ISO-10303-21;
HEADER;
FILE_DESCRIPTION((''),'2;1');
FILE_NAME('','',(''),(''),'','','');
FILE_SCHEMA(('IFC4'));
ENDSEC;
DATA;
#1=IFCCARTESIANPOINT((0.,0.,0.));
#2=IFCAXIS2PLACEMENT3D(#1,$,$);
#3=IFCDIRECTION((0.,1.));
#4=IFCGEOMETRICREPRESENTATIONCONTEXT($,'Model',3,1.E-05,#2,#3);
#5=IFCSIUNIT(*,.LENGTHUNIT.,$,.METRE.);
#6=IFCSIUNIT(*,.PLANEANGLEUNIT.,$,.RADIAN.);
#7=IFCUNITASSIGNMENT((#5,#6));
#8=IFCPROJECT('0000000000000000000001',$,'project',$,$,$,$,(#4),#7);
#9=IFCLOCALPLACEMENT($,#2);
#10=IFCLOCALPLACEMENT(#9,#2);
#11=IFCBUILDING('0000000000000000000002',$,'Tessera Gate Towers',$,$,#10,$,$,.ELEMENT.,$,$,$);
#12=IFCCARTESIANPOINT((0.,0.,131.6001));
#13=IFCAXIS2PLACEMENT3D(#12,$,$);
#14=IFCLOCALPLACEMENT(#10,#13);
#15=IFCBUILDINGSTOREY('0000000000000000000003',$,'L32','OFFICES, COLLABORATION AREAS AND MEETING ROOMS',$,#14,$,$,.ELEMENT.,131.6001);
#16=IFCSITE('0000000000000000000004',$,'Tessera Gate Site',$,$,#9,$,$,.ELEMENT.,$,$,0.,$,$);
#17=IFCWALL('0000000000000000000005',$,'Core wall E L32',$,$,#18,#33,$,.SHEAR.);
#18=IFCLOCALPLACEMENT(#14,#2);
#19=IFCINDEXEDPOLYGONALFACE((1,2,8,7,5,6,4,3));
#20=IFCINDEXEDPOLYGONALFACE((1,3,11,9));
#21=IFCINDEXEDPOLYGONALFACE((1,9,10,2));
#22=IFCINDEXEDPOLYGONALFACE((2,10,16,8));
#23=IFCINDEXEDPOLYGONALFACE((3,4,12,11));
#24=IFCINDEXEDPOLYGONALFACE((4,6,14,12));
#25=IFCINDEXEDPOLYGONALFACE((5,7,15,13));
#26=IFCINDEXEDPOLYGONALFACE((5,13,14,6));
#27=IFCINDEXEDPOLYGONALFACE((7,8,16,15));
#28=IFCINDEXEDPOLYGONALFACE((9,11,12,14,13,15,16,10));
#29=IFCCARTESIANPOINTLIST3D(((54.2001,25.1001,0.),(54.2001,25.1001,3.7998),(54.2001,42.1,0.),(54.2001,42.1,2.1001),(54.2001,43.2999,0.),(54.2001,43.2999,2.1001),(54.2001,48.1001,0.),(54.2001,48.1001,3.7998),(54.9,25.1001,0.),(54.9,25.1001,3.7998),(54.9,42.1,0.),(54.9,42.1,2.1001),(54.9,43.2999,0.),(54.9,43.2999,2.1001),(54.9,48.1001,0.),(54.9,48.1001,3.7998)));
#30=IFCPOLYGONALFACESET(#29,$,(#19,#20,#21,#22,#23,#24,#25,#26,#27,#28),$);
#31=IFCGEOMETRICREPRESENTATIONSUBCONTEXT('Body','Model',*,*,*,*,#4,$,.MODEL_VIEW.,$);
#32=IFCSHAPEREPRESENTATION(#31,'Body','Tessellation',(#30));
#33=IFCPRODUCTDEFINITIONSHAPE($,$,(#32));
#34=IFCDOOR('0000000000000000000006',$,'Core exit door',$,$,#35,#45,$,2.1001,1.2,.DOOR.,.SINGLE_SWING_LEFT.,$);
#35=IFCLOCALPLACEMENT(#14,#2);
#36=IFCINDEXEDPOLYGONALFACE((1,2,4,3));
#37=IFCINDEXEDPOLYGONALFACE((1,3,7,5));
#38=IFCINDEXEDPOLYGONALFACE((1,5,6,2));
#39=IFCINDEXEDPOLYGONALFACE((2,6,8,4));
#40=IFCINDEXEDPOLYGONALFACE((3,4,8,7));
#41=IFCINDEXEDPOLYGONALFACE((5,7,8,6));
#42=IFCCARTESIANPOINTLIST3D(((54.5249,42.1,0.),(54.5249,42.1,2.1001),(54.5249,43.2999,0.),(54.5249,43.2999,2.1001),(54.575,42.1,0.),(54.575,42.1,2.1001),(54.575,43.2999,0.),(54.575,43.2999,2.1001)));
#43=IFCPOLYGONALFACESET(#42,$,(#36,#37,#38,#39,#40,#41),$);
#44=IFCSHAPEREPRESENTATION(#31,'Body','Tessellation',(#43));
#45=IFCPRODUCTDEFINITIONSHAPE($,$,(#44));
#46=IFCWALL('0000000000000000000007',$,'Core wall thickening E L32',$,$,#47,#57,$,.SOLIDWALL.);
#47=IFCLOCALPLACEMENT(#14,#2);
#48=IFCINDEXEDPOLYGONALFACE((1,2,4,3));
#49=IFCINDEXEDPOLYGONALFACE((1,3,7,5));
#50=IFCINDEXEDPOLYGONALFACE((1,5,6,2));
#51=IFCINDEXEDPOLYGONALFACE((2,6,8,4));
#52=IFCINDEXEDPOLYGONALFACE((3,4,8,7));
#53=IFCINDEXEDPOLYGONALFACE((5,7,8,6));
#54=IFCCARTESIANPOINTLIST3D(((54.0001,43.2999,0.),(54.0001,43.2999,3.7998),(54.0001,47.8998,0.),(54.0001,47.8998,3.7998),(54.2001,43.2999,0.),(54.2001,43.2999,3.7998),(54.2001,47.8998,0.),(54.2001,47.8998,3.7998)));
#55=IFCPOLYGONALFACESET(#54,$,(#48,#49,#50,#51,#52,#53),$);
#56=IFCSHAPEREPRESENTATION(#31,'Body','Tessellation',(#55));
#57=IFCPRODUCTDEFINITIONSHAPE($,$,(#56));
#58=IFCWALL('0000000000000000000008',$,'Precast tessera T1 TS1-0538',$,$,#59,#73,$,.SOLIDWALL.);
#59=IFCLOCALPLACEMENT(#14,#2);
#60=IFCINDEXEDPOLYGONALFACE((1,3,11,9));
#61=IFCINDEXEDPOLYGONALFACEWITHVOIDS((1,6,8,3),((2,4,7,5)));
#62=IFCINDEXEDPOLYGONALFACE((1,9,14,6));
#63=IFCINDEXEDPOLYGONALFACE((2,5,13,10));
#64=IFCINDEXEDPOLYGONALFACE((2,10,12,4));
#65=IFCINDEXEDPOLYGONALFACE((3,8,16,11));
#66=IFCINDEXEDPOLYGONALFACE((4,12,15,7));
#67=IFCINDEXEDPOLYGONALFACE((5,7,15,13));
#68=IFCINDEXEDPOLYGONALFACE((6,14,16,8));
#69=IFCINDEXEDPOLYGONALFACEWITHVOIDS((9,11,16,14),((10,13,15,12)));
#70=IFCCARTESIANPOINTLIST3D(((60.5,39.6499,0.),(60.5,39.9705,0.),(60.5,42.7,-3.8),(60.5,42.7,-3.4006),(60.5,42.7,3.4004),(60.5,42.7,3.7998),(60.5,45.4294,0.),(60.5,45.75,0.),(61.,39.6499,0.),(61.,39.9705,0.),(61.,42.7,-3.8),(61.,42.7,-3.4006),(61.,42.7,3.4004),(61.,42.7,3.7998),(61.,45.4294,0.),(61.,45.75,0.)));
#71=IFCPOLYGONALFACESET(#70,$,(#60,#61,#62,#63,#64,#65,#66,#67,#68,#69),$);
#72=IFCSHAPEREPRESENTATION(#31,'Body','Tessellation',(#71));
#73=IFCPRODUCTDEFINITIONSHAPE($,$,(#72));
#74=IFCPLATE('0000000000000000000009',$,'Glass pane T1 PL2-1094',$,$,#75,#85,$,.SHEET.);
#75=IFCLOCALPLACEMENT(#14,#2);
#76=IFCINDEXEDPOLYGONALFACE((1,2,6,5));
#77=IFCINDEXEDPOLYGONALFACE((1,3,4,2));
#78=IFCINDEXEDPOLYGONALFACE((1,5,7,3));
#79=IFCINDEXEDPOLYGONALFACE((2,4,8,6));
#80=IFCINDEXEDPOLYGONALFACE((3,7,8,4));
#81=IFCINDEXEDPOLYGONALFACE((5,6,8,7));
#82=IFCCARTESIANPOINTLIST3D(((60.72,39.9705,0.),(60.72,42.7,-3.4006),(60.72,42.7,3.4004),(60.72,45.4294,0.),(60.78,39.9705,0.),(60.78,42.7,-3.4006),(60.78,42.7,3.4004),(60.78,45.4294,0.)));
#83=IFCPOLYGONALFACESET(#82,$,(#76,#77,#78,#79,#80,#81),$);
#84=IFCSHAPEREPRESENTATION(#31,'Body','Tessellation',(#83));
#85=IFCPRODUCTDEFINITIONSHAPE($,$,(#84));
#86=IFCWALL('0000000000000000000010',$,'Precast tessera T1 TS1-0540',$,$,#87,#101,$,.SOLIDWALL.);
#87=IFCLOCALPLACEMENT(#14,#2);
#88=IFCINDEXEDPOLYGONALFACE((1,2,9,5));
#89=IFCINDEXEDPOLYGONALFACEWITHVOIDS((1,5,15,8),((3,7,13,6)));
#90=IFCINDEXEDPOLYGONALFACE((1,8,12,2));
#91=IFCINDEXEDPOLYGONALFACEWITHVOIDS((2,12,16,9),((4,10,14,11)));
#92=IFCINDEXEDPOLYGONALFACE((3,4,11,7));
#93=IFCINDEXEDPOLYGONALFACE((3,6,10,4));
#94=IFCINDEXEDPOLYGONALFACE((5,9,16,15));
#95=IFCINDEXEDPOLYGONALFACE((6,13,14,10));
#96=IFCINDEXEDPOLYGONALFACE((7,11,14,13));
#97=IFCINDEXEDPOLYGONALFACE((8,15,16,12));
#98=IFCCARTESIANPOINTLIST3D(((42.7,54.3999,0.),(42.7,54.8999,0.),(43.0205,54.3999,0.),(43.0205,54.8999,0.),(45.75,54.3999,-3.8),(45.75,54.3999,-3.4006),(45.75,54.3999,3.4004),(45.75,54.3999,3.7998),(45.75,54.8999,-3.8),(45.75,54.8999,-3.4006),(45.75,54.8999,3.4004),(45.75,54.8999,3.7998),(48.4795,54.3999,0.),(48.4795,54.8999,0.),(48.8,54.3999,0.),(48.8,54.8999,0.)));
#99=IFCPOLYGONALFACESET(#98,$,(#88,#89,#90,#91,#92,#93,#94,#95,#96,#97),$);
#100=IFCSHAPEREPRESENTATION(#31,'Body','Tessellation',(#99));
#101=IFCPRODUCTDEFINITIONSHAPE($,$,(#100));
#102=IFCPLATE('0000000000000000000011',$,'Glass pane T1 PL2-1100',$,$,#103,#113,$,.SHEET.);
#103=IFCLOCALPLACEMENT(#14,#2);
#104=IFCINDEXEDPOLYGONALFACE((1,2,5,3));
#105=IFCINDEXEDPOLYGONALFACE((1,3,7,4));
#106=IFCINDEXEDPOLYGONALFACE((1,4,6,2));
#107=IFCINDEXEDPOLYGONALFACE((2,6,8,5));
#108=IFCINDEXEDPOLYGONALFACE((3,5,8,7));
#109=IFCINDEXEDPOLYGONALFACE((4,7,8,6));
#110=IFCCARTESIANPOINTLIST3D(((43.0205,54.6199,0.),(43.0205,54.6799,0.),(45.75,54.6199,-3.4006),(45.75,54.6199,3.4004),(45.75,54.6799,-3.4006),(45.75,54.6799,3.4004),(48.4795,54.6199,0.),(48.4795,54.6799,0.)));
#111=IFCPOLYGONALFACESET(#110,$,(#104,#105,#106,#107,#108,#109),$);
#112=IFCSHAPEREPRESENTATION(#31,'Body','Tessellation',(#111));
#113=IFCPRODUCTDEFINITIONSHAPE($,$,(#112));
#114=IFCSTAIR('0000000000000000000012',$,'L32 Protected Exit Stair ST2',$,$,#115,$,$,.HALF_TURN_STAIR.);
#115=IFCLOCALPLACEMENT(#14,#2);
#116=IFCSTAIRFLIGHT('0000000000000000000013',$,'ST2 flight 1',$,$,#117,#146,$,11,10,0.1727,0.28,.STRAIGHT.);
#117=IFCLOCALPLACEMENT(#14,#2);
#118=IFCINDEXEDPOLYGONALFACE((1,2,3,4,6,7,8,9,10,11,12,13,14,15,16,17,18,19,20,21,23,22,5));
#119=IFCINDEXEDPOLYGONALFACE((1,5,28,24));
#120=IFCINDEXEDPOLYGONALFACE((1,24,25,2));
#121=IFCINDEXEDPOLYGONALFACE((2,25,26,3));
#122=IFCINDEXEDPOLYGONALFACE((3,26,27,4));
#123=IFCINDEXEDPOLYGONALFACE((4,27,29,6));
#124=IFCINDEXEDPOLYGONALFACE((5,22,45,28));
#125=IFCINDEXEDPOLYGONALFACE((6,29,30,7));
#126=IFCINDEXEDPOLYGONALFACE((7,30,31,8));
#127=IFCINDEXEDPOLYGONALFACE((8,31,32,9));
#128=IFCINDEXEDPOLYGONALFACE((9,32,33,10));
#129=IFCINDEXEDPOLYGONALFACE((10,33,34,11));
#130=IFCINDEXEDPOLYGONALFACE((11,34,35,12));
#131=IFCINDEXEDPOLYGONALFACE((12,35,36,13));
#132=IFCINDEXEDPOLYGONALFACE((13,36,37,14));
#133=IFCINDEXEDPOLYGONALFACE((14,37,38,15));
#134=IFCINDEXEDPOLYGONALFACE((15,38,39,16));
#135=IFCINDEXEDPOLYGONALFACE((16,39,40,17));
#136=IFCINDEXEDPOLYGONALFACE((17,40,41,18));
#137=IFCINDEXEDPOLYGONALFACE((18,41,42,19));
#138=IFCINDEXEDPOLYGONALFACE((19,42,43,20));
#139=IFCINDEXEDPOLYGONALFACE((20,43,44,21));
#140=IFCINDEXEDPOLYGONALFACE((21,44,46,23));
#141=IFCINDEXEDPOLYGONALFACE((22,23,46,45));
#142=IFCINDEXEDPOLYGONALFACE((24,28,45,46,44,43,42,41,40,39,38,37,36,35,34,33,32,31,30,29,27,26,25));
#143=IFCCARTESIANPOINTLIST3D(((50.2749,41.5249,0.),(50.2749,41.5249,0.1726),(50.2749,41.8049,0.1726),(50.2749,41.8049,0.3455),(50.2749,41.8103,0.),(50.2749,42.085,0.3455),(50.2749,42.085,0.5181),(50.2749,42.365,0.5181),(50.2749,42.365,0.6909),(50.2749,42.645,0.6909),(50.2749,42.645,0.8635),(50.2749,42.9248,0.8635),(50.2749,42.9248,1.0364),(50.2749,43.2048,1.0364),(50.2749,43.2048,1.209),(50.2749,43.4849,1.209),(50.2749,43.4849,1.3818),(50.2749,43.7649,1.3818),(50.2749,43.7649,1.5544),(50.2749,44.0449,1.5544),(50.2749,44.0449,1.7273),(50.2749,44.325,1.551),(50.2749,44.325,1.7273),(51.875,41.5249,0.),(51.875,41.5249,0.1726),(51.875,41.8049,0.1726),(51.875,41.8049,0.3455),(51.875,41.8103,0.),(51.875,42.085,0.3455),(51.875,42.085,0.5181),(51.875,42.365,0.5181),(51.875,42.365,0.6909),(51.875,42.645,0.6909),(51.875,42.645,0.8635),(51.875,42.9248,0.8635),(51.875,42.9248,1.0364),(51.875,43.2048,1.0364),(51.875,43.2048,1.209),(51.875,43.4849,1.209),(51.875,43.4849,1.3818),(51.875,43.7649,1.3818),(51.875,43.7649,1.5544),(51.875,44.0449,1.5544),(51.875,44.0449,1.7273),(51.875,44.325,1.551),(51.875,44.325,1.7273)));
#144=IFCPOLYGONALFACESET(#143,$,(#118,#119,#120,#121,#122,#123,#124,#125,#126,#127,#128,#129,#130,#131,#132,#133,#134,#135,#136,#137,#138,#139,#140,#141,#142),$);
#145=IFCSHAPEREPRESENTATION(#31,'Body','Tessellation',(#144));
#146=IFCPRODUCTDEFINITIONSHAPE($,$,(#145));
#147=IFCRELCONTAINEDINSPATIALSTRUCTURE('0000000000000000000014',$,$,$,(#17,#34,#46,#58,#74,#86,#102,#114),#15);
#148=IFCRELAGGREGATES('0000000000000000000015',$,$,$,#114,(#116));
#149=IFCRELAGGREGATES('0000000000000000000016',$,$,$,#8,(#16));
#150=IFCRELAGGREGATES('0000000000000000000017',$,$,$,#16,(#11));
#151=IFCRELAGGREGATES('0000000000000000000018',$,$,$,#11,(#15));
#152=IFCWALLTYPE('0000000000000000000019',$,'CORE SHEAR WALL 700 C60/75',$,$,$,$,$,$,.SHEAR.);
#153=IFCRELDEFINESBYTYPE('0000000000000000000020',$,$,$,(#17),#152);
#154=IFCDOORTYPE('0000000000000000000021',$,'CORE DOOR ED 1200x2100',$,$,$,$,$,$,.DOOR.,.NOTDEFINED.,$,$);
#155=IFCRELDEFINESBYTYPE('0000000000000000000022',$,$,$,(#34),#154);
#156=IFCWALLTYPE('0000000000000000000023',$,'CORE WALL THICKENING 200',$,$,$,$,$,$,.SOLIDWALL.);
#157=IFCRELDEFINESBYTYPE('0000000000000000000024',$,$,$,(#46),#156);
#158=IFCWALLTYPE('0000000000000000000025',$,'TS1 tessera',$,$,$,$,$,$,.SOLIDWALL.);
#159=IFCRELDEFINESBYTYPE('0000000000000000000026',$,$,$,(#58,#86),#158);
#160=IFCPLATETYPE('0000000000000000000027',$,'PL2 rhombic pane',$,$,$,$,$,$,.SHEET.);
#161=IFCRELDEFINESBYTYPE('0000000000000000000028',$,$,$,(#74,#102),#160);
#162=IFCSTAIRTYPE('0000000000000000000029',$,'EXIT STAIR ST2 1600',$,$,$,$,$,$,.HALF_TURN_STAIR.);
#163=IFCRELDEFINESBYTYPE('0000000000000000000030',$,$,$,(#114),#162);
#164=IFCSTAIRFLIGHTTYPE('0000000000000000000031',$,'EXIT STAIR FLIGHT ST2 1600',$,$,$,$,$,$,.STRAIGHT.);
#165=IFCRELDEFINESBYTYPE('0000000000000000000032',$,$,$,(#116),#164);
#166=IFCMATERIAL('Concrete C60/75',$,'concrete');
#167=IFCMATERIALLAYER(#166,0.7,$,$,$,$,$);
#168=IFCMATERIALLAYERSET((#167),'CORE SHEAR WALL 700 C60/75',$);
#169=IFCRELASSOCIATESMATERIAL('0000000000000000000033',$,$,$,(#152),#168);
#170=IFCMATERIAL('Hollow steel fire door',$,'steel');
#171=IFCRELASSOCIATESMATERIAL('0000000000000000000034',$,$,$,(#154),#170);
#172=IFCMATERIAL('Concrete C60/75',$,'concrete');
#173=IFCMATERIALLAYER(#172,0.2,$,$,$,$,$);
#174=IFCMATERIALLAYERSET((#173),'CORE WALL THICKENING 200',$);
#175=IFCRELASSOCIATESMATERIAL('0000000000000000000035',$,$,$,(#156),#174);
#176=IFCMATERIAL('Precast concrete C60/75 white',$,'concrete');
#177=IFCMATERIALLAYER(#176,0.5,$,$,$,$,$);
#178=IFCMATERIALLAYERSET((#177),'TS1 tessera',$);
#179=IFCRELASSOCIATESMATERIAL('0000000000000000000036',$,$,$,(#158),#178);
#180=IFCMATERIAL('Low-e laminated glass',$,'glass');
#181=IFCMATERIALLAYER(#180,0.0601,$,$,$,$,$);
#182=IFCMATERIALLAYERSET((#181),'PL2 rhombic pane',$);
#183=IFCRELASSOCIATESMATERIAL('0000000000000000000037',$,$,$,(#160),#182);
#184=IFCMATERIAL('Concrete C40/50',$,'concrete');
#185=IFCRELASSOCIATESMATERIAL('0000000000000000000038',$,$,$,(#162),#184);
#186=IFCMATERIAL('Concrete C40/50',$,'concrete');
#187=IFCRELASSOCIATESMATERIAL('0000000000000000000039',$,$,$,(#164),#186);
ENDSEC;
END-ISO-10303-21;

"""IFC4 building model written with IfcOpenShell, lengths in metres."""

from ifc_helpers import new_model, si_unit, direction, frame, frame_2d, origin, place, context, subcontext, project, spatial, polyline, rectangle, outline, extrude, source, transform, mapped, material, layer, layer_set, type_object, element, fill, aggregate, save


model = new_model("IFC4")

# Units and contexts
model_context = context("Model", 3, precision=1e-05, world=origin(), true_north=direction((0.0, 1.0)))
body_context = subcontext(model_context, "Body", "Model", "MODEL_VIEW")
ifc_project = project(units=[si_unit("LENGTHUNIT", "METRE"), si_unit("PLANEANGLEUNIT", "RADIAN")], contexts=[model_context])

# Site, building, storey
site_placement = place(None, origin())
site = spatial("IfcSite", under=ifc_project, at=site_placement, Name="Tessera Gate Site", CompositionType="ELEMENT", RefElevation=0.0)
building_placement = place(site_placement, origin())
building = spatial("IfcBuilding", under=site, at=building_placement, Name="Tessera Gate Towers", CompositionType="ELEMENT")
storey_placement = place(building_placement, frame((0.0, 0.0, 131.6001)))
storey = spatial("IfcBuildingStorey", under=building, at=storey_placement, Name="L32", Description="OFFICES, COLLABORATION AREAS AND MEETING ROOMS", CompositionType="ELEMENT", Elevation=131.6001)

# Wall, opening, door
shared_shape_1 = source(origin(), body_context, "Body", "SweptSolid", [
    extrude(rectangle(XDim=1.2, YDim=2.1001, at=frame_2d((0.6001, 1.05))), frame((0.0, 0.0249, 0.0), z_axis=(0.0, -1.0, 0.0), x_axis=(1.0, 0.0, 0.0)), (0.0, 0.0, 1.0), 0.05),
])
ifc_material_1 = material(Name="Concrete C60/75", Category="concrete")
ifc_layer_1 = layer(ifc_material_1, 0.7)
ifc_layer_set_1 = layer_set([ifc_layer_1], Name="CORE SHEAR WALL 700 C60/75")
wall_type_1 = type_object("IfcWallType", Name="CORE SHEAR WALL 700 C60/75", PredefinedType="SHEAR", material=ifc_layer_set_1)
wall_1_placement = place(storey_placement, frame((54.55, 48.1001, 0.0), z_axis=(0.0, 0.0, 1.0), x_axis=(0.0, -1.0, 0.0)))
wall_1 = element("IfcWall", 1, at=wall_1_placement, inside=storey, type_object=wall_type_1, Name="Core wall E L32", PredefinedType="SHEAR", context=body_context, shape_type="SweptSolid", body=[
    extrude(rectangle(XDim=23.0, YDim=0.7, at=frame_2d((11.5, 0.0))), origin(), (0.0, 0.0, 1.0), 3.7998),
])
shared_shape_2 = source(origin(), body_context, "Body", "SweptSolid", [
    extrude(rectangle(XDim=1.2, YDim=2.1001, at=frame_2d((0.6001, 1.05))), frame((0.0, 0.3599, 0.0), z_axis=(0.0, -1.0, 0.0), x_axis=(1.0, 0.0, 0.0)), (0.0, 0.0, 1.0), 0.72),
])
opening_1_placement = place(wall_1_placement, frame((4.8, 0.0, 0.0)))
opening_1 = element("IfcOpeningElement", 2, at=opening_1_placement, cuts=wall_1, PredefinedType="OPENING", context=body_context, shape_type="MappedRepresentation", body=[
    mapped(shared_shape_2, transform((0.0, 0.0, 0.0), scale=1.0)),
])
ifc_material_2 = material(Name="Hollow steel fire door", Category="steel")
door_type_1 = type_object("IfcDoorType", Name="CORE DOOR ED 1200x2100", OperationType="NOTDEFINED", PredefinedType="DOOR", material=ifc_material_2)
door_1_placement = place(opening_1_placement, origin())
door_1 = element("IfcDoor", 3, at=door_1_placement, inside=storey, type_object=door_type_1, Name="Core exit door", OperationType="SINGLE_SWING_LEFT", OverallHeight=2.1001, OverallWidth=1.2, PredefinedType="DOOR", context=body_context, shape_type="MappedRepresentation", body=[
    mapped(shared_shape_1, transform((0.0, 0.0, 0.0), scale=1.0)),
])
fill(opening_1, door_1)

# Wall
ifc_material_3 = material(Name="Concrete C60/75", Category="concrete")
ifc_layer_2 = layer(ifc_material_3, 0.2)
ifc_layer_set_2 = layer_set([ifc_layer_2], Name="CORE WALL THICKENING 200")
wall_type_2 = type_object("IfcWallType", Name="CORE WALL THICKENING 200", PredefinedType="SOLIDWALL", material=ifc_layer_set_2)
wall_2_placement = place(storey_placement, frame((54.1001, 43.3, 0.0), z_axis=(0.0, 0.0, 1.0), x_axis=(0.0, 1.0, 0.0)))
element("IfcWall", 4, at=wall_2_placement, inside=storey, type_object=wall_type_2, Name="Core wall thickening E L32", PredefinedType="SOLIDWALL", context=body_context, shape_type="SweptSolid", body=[
    extrude(rectangle(XDim=4.5999, YDim=0.2, at=frame_2d((2.2998, 0.0))), origin(), (0.0, 0.0, 1.0), 3.7998),
])

# Walls, openings, plates
ifc_material_4 = material(Name="Precast concrete C60/75 white", Category="concrete")
ifc_layer_3 = layer(ifc_material_4, 0.5)
ifc_layer_set_3 = layer_set([ifc_layer_3], Name="TS1 tessera")
wall_type_3 = type_object("IfcWallType", Name="TS1 tessera", PredefinedType="SOLIDWALL", material=ifc_layer_set_3)
shared_shape_3 = source(origin(), body_context, "Body", "SweptSolid", [
    extrude(outline(polyline([(3.05, 0.0), (6.1001, 3.8), (3.05, 7.5999), (0.0, 3.8), (3.05, 0.0)])), frame((0.0, 0.25, 0.0), z_axis=(0.0, -1.0, 0.0), x_axis=(1.0, 0.0, 0.0)), (0.0, 0.0, 1.0), 0.5),
])
wall_3_placement = place(storey_placement, frame((60.75, 39.6499, -3.8), z_axis=(0.0, 0.0, 1.0), x_axis=(0.0, 1.0, 0.0)))
wall_3 = element("IfcWall", 5, at=wall_3_placement, inside=storey, type_object=wall_type_3, Name="Precast tessera T1 TS1-0538", PredefinedType="SOLIDWALL", context=body_context, shape_type="MappedRepresentation", body=[
    mapped(shared_shape_3, transform((0.0, 0.0, 0.0), scale=1.0)),
])
shared_shape_4 = source(origin(), body_context, "Body", "SweptSolid", [
    extrude(outline(polyline([(3.05, 0.3994), (5.7795, 3.8), (3.05, 7.2004), (0.3206, 3.8), (3.05, 0.3994)])), frame((0.0, 0.26, 0.0), z_axis=(0.0, -1.0, 0.0), x_axis=(1.0, 0.0, 0.0)), (0.0, 0.0, 1.0), 0.52),
])
opening_2_placement = place(wall_3_placement, origin())
opening_2 = element("IfcOpeningElement", 6, at=opening_2_placement, cuts=wall_3, PredefinedType="OPENING", context=body_context, shape_type="MappedRepresentation", body=[
    mapped(shared_shape_4, transform((0.0, 0.0, 0.0), scale=1.0)),
])
ifc_material_5 = material(Name="Low-e laminated glass", Category="glass")
ifc_layer_4 = layer(ifc_material_5, 0.0601)
ifc_layer_set_4 = layer_set([ifc_layer_4], Name="PL2 rhombic pane")
plate_type = type_object("IfcPlateType", Name="PL2 rhombic pane", PredefinedType="SHEET", material=ifc_layer_set_4)
shared_shape_5 = source(origin(), body_context, "Body", "SweptSolid", [
    extrude(outline(polyline([(3.05, 0.3994), (5.7795, 3.8), (3.05, 7.2004), (0.3206, 3.8), (3.05, 0.3994)])), frame((0.0, 0.03, 0.0), z_axis=(0.0, -1.0, 0.0), x_axis=(1.0, 0.0, 0.0)), (0.0, 0.0, 1.0), 0.0601),
])
plate_1_placement = place(opening_2_placement, origin())
plate_1 = element("IfcPlate", 7, at=plate_1_placement, inside=storey, type_object=plate_type, Name="Glass pane T1 PL2-1094", PredefinedType="SHEET", context=body_context, shape_type="MappedRepresentation", body=[
    mapped(shared_shape_5, transform((0.0, 0.0, 0.0), scale=1.0)),
])
fill(opening_2, plate_1)
wall_4_placement = place(storey_placement, frame((48.8, 54.6499, -3.8), z_axis=(0.0, 0.0, 1.0), x_axis=(-1.0, 0.0, 0.0)))
wall_4 = element("IfcWall", 8, at=wall_4_placement, inside=storey, type_object=wall_type_3, Name="Precast tessera T1 TS1-0540", PredefinedType="SOLIDWALL", context=body_context, shape_type="MappedRepresentation", body=[
    mapped(shared_shape_3, transform((0.0, 0.0, 0.0), scale=1.0)),
])
opening_3_placement = place(wall_4_placement, origin())
opening_3 = element("IfcOpeningElement", 9, at=opening_3_placement, cuts=wall_4, PredefinedType="OPENING", context=body_context, shape_type="MappedRepresentation", body=[
    mapped(shared_shape_4, transform((0.0, 0.0, 0.0), scale=1.0)),
])
plate_2_placement = place(opening_3_placement, origin())
plate_2 = element("IfcPlate", 10, at=plate_2_placement, inside=storey, type_object=plate_type, Name="Glass pane T1 PL2-1100", PredefinedType="SHEET", context=body_context, shape_type="MappedRepresentation", body=[
    mapped(shared_shape_5, transform((0.0, 0.0, 0.0), scale=1.0)),
])
fill(opening_3, plate_2)

# Stair, stair flight
ifc_material_6 = material(Name="Concrete C40/50", Category="concrete")
stair_type = type_object("IfcStairType", Name="EXIT STAIR ST2 1600", PredefinedType="HALF_TURN_STAIR", material=ifc_material_6)
stair_placement = place(storey_placement, origin())
stair = element("IfcStair", 11, at=stair_placement, inside=storey, type_object=stair_type, Name="L32 Protected Exit Stair ST2", PredefinedType="HALF_TURN_STAIR")
ifc_material_7 = material(Name="Concrete C40/50", Category="concrete")
stair_flight_type = type_object("IfcStairFlightType", Name="EXIT STAIR FLIGHT ST2 1600", PredefinedType="STRAIGHT", material=ifc_material_7)
stair_flight_1_placement = place(storey_placement, frame((51.075, 41.5249, 0.0), z_axis=(0.0, 0.0, 1.0), x_axis=(0.0, 1.0, 0.0)))
stair_flight_1 = element("IfcStairFlight", 12, at=stair_flight_1_placement, type_object=stair_flight_type, Name="ST2 flight 1", NumberOfRisers=11, NumberOfTreads=10, PredefinedType="STRAIGHT", RiserHeight=0.1727, TreadLength=0.28, context=body_context, shape_type="SweptSolid", body=[
    extrude(outline(polyline([(0.0, 0.0), (0.0, 0.1726), (0.28, 0.1726), (0.28, 0.3455), (0.5601, 0.3455), (0.5601, 0.5181), (0.8401, 0.5181), (0.8401, 0.6909), (1.1201, 0.6909), (1.1201, 0.8635), (1.3999, 0.8635), (1.3999, 1.0364), (1.6799, 1.0364), (1.6799, 1.209), (1.96, 1.209), (1.96, 1.3818), (2.24, 1.3818), (2.24, 1.5544), (2.52, 1.5544), (2.52, 1.7273), (2.8, 1.7273), (2.8, 1.8999), (2.8, 1.551), (0.2854, 0.0), (0.0, 0.0)])), frame((0.0, 0.8, 0.0), z_axis=(0.0, -1.0, 0.0), x_axis=(1.0, 0.0, 0.0)), (0.0, 0.0, 1.0), 1.6001),
])
aggregate(stair, [stair_flight_1])

save(model, "model.ifc")
